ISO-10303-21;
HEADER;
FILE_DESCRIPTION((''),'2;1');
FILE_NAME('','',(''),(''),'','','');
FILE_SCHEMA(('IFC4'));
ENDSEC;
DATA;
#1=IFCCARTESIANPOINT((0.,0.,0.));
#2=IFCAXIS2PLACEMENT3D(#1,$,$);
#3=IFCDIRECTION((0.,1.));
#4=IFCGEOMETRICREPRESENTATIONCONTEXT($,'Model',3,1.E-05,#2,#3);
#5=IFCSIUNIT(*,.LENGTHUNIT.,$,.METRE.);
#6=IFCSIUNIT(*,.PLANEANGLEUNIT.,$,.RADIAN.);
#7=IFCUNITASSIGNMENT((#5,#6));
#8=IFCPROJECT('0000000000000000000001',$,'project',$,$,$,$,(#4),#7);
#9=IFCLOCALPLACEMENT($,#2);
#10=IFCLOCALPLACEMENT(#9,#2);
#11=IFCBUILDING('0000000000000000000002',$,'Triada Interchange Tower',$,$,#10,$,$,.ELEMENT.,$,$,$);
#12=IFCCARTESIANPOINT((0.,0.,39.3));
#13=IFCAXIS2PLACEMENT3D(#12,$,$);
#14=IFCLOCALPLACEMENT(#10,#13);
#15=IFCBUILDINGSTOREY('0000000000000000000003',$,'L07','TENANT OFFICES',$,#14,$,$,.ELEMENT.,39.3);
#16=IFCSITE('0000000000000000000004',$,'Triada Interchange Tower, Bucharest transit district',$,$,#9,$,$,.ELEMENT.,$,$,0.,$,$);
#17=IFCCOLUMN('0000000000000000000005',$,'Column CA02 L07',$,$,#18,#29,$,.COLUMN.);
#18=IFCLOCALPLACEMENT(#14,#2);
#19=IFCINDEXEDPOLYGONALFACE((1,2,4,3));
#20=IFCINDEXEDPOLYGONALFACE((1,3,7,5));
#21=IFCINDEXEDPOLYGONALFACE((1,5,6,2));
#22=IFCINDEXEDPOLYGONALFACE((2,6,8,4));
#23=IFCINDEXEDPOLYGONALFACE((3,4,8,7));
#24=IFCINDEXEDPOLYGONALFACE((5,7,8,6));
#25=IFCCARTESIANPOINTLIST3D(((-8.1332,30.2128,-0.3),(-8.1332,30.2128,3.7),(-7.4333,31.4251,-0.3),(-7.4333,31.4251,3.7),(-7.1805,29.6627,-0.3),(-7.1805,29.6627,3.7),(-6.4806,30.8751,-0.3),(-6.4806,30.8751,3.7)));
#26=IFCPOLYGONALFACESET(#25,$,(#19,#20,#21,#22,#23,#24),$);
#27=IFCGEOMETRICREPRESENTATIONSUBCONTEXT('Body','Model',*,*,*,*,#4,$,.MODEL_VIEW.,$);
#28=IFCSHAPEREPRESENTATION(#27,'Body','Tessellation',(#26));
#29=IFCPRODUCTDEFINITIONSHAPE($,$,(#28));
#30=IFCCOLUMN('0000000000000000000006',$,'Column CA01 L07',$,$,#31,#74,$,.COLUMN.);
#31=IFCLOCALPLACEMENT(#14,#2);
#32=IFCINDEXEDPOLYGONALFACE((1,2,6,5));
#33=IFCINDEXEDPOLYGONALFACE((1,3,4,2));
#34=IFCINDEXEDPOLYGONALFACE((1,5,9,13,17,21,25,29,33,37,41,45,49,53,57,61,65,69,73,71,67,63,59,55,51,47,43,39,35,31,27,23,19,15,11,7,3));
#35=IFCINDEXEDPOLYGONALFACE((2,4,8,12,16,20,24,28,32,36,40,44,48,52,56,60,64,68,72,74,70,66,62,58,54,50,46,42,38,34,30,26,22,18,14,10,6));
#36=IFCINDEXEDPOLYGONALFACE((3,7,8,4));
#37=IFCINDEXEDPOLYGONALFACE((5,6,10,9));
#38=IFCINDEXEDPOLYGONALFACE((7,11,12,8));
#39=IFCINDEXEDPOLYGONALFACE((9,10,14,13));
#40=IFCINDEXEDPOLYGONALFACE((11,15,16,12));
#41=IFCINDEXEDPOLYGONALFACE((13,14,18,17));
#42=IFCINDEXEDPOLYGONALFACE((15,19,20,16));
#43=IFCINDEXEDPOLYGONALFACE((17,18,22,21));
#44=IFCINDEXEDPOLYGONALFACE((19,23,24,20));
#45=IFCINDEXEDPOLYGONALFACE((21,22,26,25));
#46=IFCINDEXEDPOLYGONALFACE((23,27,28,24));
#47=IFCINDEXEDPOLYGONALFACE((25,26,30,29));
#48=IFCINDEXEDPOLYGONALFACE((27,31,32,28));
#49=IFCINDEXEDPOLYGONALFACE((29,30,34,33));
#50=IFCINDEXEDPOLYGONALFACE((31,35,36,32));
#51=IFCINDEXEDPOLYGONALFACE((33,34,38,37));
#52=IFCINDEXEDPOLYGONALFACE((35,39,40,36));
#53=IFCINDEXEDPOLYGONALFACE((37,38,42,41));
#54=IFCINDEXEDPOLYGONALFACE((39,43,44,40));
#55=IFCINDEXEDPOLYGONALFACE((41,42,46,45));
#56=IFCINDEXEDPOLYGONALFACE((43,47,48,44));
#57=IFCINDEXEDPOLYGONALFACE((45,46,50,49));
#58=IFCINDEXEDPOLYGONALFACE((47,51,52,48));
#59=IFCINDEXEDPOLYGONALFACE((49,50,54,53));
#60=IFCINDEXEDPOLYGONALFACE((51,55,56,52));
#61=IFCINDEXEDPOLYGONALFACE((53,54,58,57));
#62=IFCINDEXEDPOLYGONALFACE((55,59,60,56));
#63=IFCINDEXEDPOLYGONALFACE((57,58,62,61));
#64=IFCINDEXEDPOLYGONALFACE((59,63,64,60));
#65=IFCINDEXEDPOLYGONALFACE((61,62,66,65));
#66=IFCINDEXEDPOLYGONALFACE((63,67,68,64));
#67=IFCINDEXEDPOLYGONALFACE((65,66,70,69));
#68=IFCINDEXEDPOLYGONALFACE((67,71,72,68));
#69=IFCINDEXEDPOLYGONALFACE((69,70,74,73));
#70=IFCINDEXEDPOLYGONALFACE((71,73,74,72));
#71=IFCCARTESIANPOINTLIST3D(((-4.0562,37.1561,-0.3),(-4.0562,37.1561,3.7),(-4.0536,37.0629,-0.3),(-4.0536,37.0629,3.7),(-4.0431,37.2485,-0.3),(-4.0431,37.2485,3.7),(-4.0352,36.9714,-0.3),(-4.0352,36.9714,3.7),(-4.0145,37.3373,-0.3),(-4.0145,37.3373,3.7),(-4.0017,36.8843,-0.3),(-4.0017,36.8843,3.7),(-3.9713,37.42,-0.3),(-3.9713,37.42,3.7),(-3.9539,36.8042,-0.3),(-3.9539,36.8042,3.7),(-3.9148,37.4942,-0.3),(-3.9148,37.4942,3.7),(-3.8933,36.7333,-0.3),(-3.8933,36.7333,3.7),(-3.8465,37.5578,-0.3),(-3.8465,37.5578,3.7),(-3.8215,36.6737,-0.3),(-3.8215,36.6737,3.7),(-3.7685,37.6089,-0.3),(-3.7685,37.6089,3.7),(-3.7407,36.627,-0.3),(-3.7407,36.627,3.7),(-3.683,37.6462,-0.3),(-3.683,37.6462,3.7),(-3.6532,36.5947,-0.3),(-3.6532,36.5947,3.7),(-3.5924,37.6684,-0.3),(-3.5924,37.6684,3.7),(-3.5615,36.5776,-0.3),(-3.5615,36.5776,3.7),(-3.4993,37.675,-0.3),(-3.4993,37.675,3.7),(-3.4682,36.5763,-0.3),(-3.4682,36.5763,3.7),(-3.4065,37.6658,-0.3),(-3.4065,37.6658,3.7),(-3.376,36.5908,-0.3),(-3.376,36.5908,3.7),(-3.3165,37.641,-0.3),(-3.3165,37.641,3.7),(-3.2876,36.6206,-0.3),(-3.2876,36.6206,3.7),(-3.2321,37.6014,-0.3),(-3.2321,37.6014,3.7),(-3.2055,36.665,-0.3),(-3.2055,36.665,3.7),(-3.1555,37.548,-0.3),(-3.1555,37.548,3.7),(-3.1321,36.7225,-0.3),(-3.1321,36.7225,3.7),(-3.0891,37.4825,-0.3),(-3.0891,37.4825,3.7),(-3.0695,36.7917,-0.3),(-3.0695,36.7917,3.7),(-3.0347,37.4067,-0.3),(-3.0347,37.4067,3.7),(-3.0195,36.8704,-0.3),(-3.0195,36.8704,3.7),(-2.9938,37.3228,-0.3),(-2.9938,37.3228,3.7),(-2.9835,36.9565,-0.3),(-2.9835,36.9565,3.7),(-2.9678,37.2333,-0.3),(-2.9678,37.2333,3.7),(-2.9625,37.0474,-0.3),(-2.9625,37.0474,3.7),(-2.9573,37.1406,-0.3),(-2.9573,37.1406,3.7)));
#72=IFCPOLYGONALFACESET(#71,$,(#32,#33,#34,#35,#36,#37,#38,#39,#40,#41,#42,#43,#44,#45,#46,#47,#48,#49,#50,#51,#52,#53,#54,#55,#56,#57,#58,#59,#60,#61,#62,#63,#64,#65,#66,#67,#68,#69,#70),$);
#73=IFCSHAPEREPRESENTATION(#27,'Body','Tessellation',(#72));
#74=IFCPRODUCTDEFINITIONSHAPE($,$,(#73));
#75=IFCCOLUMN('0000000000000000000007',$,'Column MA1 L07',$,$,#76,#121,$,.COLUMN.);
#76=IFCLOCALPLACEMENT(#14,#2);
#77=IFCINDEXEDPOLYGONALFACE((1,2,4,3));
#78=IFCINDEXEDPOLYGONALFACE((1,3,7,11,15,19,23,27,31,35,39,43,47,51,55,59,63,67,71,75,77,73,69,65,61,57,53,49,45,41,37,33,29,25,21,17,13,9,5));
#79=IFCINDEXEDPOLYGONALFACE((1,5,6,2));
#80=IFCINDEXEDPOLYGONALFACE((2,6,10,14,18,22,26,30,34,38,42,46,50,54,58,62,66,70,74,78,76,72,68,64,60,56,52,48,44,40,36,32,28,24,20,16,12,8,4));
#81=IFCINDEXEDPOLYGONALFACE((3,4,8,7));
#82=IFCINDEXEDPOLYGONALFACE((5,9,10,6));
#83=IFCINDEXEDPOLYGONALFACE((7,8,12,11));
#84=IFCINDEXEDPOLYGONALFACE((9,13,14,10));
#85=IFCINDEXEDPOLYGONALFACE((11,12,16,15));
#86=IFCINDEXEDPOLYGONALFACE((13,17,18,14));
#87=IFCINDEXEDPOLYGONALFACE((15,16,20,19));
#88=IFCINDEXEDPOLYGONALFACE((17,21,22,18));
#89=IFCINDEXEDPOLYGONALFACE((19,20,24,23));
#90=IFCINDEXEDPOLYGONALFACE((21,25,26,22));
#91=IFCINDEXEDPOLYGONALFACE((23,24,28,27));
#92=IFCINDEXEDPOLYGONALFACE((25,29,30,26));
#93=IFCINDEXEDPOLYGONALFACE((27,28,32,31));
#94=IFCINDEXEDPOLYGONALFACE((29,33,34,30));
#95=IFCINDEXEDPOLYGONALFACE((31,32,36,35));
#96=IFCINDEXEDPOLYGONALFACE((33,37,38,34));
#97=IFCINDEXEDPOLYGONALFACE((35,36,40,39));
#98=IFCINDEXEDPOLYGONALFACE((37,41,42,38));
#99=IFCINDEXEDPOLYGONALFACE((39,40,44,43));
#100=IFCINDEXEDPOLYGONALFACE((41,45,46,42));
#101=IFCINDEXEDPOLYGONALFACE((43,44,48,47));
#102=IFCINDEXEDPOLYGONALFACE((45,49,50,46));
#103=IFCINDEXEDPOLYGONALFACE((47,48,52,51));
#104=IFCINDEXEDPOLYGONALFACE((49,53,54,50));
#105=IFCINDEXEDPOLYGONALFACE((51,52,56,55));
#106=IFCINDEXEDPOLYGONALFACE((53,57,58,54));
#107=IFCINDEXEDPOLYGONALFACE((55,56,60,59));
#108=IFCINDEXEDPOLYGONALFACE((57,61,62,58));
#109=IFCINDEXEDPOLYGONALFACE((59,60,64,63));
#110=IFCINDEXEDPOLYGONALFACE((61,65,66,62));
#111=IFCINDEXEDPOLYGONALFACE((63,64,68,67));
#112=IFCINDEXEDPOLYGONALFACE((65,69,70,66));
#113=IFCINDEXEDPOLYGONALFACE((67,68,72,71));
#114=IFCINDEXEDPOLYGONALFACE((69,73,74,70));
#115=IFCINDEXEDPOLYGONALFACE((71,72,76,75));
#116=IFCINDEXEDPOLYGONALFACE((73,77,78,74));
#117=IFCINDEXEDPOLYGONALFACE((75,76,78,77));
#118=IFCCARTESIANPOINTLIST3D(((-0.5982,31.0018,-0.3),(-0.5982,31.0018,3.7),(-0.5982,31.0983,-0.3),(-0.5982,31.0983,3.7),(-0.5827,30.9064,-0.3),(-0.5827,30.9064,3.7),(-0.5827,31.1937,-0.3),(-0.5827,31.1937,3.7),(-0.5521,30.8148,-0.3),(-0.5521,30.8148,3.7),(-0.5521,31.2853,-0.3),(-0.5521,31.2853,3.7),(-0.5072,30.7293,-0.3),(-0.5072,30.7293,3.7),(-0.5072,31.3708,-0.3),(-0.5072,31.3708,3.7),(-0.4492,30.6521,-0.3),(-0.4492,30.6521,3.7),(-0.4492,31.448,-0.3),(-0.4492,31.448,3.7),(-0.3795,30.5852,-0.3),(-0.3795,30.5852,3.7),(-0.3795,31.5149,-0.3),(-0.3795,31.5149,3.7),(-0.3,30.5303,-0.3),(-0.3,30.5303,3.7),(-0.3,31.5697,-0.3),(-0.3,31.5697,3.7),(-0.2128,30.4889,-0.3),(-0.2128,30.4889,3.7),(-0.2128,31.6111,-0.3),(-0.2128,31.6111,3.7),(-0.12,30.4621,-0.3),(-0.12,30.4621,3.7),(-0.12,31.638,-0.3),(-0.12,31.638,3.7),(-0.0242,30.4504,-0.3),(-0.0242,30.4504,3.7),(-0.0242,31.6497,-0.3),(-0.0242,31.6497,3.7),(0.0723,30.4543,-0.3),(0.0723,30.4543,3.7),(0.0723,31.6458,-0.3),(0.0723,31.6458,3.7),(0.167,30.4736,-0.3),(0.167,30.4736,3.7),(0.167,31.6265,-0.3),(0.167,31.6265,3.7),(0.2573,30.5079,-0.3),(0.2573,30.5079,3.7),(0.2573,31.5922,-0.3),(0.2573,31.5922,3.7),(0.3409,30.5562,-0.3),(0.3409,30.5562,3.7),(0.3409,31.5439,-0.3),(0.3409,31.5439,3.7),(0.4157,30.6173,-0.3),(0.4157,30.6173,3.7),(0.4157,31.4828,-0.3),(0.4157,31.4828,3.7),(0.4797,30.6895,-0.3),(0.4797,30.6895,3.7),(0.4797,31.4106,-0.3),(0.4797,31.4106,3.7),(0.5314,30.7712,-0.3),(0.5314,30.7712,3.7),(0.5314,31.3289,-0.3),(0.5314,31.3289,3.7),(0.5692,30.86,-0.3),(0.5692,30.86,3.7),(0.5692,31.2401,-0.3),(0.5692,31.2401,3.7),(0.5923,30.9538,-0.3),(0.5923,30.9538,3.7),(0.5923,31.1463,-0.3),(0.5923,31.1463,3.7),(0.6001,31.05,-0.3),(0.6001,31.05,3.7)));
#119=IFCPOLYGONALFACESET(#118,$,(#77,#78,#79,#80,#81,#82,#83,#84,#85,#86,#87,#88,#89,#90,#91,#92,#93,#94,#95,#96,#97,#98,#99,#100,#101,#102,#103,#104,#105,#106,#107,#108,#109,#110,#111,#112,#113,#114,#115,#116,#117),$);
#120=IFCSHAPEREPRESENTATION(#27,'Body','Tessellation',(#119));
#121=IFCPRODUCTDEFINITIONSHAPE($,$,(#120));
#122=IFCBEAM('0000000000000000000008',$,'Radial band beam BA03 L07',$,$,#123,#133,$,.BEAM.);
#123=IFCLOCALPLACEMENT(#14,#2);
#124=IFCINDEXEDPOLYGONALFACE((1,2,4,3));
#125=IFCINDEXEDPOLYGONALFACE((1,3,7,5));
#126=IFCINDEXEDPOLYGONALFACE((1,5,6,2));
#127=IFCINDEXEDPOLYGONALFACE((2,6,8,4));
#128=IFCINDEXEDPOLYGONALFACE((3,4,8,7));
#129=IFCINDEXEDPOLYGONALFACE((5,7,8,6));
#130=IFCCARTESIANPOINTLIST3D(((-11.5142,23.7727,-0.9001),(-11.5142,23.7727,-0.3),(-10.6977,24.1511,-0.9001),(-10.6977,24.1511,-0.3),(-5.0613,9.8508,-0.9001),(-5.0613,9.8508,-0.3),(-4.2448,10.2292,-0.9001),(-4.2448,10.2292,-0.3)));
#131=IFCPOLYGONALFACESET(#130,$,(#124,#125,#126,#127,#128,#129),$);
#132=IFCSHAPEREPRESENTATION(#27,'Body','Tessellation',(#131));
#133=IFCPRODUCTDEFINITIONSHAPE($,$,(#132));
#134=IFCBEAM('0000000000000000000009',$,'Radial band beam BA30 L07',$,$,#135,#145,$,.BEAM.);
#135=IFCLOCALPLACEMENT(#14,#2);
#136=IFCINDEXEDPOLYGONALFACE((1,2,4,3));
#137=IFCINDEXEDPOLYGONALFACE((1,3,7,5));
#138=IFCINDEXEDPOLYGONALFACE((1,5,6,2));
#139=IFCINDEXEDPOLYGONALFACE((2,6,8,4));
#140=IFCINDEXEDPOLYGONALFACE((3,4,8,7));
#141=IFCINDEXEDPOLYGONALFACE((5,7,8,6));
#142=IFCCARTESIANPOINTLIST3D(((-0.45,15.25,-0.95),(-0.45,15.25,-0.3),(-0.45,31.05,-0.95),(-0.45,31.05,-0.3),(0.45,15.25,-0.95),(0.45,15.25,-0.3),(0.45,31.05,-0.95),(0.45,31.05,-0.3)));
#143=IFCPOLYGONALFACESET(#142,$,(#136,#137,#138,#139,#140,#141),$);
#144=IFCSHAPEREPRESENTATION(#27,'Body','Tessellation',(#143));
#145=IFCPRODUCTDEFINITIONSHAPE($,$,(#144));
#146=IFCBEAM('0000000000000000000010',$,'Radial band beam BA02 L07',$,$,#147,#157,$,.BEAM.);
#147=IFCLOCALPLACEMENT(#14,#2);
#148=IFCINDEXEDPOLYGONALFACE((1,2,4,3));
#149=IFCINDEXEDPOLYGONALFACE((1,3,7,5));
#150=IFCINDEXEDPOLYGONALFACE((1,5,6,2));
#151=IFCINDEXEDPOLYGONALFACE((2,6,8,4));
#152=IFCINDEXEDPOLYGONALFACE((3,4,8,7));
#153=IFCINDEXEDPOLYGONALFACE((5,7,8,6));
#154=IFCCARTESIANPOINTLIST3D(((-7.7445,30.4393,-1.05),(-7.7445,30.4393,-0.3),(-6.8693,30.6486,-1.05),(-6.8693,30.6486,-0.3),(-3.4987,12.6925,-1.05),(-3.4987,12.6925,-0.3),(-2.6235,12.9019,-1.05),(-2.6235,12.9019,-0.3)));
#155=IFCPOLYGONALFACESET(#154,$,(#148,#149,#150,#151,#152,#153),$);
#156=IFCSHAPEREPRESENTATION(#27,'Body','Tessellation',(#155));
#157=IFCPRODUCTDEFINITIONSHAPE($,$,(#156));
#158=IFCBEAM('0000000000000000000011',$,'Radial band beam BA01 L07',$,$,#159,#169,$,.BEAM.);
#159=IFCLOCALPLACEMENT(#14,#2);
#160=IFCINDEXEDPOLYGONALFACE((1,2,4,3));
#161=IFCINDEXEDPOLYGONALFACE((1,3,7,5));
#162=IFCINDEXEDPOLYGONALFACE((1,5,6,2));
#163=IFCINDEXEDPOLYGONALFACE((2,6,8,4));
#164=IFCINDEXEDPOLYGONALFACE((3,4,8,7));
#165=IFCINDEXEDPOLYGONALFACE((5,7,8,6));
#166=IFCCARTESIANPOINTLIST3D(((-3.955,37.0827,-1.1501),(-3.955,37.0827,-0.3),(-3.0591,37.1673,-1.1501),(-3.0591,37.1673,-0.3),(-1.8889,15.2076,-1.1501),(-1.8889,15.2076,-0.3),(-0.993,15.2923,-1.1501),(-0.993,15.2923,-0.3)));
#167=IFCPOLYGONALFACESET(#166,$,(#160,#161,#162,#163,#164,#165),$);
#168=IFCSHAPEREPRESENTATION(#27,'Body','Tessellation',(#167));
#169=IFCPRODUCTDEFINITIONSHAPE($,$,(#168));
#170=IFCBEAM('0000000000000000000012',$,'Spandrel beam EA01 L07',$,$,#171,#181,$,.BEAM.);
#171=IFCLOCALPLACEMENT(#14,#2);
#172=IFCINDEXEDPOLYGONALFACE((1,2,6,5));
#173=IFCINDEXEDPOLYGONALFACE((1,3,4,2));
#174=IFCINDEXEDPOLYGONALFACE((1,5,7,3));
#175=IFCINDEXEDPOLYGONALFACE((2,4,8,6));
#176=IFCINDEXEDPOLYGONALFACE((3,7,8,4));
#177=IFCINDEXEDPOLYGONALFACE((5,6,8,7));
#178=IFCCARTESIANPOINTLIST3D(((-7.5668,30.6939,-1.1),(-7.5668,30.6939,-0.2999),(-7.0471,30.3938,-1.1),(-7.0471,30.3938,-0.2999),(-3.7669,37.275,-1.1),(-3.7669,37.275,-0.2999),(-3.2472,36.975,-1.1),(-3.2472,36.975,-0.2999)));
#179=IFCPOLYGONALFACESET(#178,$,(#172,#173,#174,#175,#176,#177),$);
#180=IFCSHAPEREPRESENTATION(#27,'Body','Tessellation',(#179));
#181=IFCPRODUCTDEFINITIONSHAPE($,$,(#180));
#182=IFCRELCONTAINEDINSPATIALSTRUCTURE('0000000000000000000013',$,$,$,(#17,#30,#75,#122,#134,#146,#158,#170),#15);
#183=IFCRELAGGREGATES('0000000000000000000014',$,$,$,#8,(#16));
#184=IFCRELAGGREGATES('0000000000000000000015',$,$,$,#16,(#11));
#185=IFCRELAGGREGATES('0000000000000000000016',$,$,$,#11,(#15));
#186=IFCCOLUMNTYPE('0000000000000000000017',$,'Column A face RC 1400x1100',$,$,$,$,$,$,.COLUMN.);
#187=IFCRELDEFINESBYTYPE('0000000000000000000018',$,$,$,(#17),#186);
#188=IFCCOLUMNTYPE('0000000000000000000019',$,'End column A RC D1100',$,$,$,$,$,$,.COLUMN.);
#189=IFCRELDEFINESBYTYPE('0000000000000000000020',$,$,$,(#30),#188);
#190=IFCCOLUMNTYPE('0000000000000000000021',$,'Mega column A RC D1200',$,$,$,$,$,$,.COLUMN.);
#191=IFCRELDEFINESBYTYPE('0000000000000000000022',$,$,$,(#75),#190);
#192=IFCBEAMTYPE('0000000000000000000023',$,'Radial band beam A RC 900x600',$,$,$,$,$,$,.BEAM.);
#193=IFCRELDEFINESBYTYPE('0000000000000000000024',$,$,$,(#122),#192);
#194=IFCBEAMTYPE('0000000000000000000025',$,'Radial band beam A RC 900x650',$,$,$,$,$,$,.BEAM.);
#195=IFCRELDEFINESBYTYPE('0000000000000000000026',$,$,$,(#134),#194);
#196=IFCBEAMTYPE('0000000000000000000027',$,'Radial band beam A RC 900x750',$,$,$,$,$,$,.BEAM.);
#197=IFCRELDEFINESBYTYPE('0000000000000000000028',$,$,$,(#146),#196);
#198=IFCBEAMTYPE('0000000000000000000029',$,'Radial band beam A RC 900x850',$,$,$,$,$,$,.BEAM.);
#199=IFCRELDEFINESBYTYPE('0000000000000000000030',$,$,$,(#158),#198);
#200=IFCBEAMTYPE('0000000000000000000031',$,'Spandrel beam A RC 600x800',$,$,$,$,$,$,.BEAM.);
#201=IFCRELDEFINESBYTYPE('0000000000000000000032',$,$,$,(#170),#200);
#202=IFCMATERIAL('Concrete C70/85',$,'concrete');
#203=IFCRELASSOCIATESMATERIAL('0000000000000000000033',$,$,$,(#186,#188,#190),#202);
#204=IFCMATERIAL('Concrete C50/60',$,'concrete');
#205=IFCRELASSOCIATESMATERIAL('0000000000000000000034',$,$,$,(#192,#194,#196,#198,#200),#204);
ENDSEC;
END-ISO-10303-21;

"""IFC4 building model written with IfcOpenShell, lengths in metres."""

from ifc_helpers import new_model, si_unit, direction, frame, origin, origin_2d, place, context, subcontext, project, spatial, rectangle, circle, extrude, material, material_profile, profile_set, type_object, element, save


model = new_model("IFC4")

# Units and contexts
model_context = context("Model", 3, precision=1e-05, world=origin(), true_north=direction((0.0, 1.0)))
body_context = subcontext(model_context, "Body", "Model", "MODEL_VIEW")
ifc_project = project(units=[si_unit("LENGTHUNIT", "METRE"), si_unit("PLANEANGLEUNIT", "RADIAN")], contexts=[model_context])

# Site, building, storey
site_placement = place(None, origin())
site = spatial("IfcSite", under=ifc_project, at=site_placement, Name="Triada Interchange Tower, Bucharest transit district", CompositionType="ELEMENT", RefElevation=0.0)
building_placement = place(site_placement, origin())
building = spatial("IfcBuilding", under=site, at=building_placement, Name="Triada Interchange Tower", CompositionType="ELEMENT")
storey_placement = place(building_placement, frame((0.0, 0.0, 39.3)))
storey = spatial("IfcBuildingStorey", under=building, at=storey_placement, Name="L07", Description="TENANT OFFICES", CompositionType="ELEMENT", Elevation=39.3)

# Columns
ifc_material_1 = material(Name="Concrete C70/85", Category="concrete")
ifc_material_profile_1 = material_profile(ifc_material_1, rectangle(XDim=1.3999, YDim=1.1001, at=origin_2d()), Name="RC 1400x1100")
ifc_profile_set_1 = profile_set([ifc_material_profile_1], Name="Concrete C70/85")
column_type_1 = type_object("IfcColumnType", Name="Column A face RC 1400x1100", PredefinedType="COLUMN", material=ifc_profile_set_1)
column_1_placement = place(storey_placement, frame((-7.3069, 30.5439, -0.3), z_axis=(0.0, 0.0, 1.0), x_axis=(0.5, 0.866025, 0.0)))
element("IfcColumn", 1, at=column_1_placement, inside=storey, type_object=column_type_1, Name="Column CA02 L07", PredefinedType="COLUMN", context=body_context, shape_type="SweptSolid", body=[
    extrude(rectangle(XDim=1.3999, YDim=1.1001, at=origin_2d()), origin(), (0.0, 0.0, 1.0), 4.0),
])
ifc_material_profile_2 = material_profile(ifc_material_1, circle(Radius=0.55, at=origin_2d()), Name="RC D1100")
ifc_profile_set_2 = profile_set([ifc_material_profile_2], Name="Concrete C70/85")
column_type_2 = type_object("IfcColumnType", Name="End column A RC D1100", PredefinedType="COLUMN", material=ifc_profile_set_2)
column_2_placement = place(storey_placement, frame((-3.5071, 37.125, -0.3), z_axis=(0.0, 0.0, 1.0), x_axis=(0.5, 0.866025, 0.0)))
element("IfcColumn", 2, at=column_2_placement, inside=storey, type_object=column_type_2, Name="Column CA01 L07", PredefinedType="COLUMN", context=body_context, shape_type="SweptSolid", body=[
    extrude(circle(Radius=0.55, at=origin_2d()), origin(), (0.0, 0.0, 1.0), 4.0),
])
ifc_material_profile_3 = material_profile(ifc_material_1, circle(Radius=0.6001, at=origin_2d()), Name="RC D1200")
ifc_profile_set_3 = profile_set([ifc_material_profile_3], Name="Concrete C70/85")
column_type_3 = type_object("IfcColumnType", Name="Mega column A RC D1200", PredefinedType="COLUMN", material=ifc_profile_set_3)
column_3_placement = place(storey_placement, frame((0.0, 31.05, -0.3), z_axis=(0.0, 0.0, 1.0), x_axis=(1.0, 0.0, 0.0)))
element("IfcColumn", 3, at=column_3_placement, inside=storey, type_object=column_type_3, Name="Column MA1 L07", PredefinedType="COLUMN", context=body_context, shape_type="SweptSolid", body=[
    extrude(circle(Radius=0.6001, at=origin_2d()), origin(), (0.0, 0.0, 1.0), 4.0),
])

# Beams
ifc_material_2 = material(Name="Concrete C50/60", Category="concrete")
ifc_material_profile_4 = material_profile(ifc_material_2, rectangle(XDim=0.8999, YDim=0.6001, at=origin_2d()), Name="RC 900x600")
ifc_profile_set_4 = profile_set([ifc_material_profile_4], Name="Concrete C50/60")
beam_type_1 = type_object("IfcBeamType", Name="Radial band beam A RC 900x600", PredefinedType="BEAM", material=ifc_profile_set_4)
beam_1_placement = place(storey_placement, frame((-11.106, 23.9619, -0.6001), z_axis=(0.42053, -0.907279, 0.0), x_axis=(0.907279, 0.42053, 0.0)))
element("IfcBeam", 4, at=beam_1_placement, inside=storey, type_object=beam_type_1, Name="Radial band beam BA03 L07", PredefinedType="BEAM", context=body_context, shape_type="SweptSolid", body=[
    extrude(rectangle(XDim=0.8999, YDim=0.6001, at=origin_2d()), origin(), (0.0, 0.0, 1.0), 15.3447),
])
ifc_material_profile_5 = material_profile(ifc_material_2, rectangle(XDim=0.8999, YDim=0.6499, at=origin_2d()), Name="RC 900x650")
ifc_profile_set_5 = profile_set([ifc_material_profile_5], Name="Concrete C50/60")
beam_type_2 = type_object("IfcBeamType", Name="Radial band beam A RC 900x650", PredefinedType="BEAM", material=ifc_profile_set_5)
beam_2_placement = place(storey_placement, frame((0.0, 31.05, -0.625), z_axis=(0.0, -1.0, 0.0), x_axis=(1.0, 0.0, 0.0)))
element("IfcBeam", 5, at=beam_2_placement, inside=storey, type_object=beam_type_2, Name="Radial band beam BA30 L07", PredefinedType="BEAM", context=body_context, shape_type="SweptSolid", body=[
    extrude(rectangle(XDim=0.8999, YDim=0.6499, at=origin_2d()), origin(), (0.0, 0.0, 1.0), 15.8),
])
ifc_material_profile_6 = material_profile(ifc_material_2, rectangle(XDim=0.8999, YDim=0.75, at=origin_2d()), Name="RC 900x750")
ifc_profile_set_6 = profile_set([ifc_material_profile_6], Name="Concrete C50/60")
beam_type_3 = type_object("IfcBeamType", Name="Radial band beam A RC 900x750", PredefinedType="BEAM", material=ifc_profile_set_6)
beam_3_placement = place(storey_placement, frame((-7.3069, 30.5439, -0.675), z_axis=(0.232679, -0.972554, 0.0), x_axis=(0.972554, 0.232679, 0.0)))
element("IfcBeam", 6, at=beam_3_placement, inside=storey, type_object=beam_type_3, Name="Radial band beam BA02 L07", PredefinedType="BEAM", context=body_context, shape_type="SweptSolid", body=[
    extrude(rectangle(XDim=0.8999, YDim=0.75, at=origin_2d()), origin(), (0.0, 0.0, 1.0), 18.2476),
])
ifc_material_profile_7 = material_profile(ifc_material_2, rectangle(XDim=0.8999, YDim=0.8501, at=origin_2d()), Name="RC 900x850")
ifc_profile_set_7 = profile_set([ifc_material_profile_7], Name="Concrete C50/60")
beam_type_4 = type_object("IfcBeamType", Name="Radial band beam A RC 900x850", PredefinedType="BEAM", material=ifc_profile_set_7)
beam_4_placement = place(storey_placement, frame((-3.5071, 37.125, -0.7251), z_axis=(0.094035, -0.995569, 0.0), x_axis=(0.995569, 0.094035, 0.0)))
element("IfcBeam", 7, at=beam_4_placement, inside=storey, type_object=beam_type_4, Name="Radial band beam BA01 L07", PredefinedType="BEAM", context=body_context, shape_type="SweptSolid", body=[
    extrude(rectangle(XDim=0.8999, YDim=0.8501, at=origin_2d()), origin(), (0.0, 0.0, 1.0), 21.9724),
])
ifc_material_profile_8 = material_profile(ifc_material_2, rectangle(XDim=0.6001, YDim=0.8, at=origin_2d()), Name="RC 600x800")
ifc_profile_set_8 = profile_set([ifc_material_profile_8], Name="Concrete C50/60")
beam_type_5 = type_object("IfcBeamType", Name="Spandrel beam A RC 600x800", PredefinedType="BEAM", material=ifc_profile_set_8)
beam_5_placement = place(storey_placement, frame((-3.5071, 37.125, -0.7), z_axis=(-0.500023, -0.866012, 0.0), x_axis=(0.866012, -0.500023, 0.0)))
element("IfcBeam", 8, at=beam_5_placement, inside=storey, type_object=beam_type_5, Name="Spandrel beam EA01 L07", PredefinedType="BEAM", context=body_context, shape_type="SweptSolid", body=[
    extrude(rectangle(XDim=0.6001, YDim=0.8, at=origin_2d()), origin(), (0.0, 0.0, 1.0), 7.5994),
])

save(model, "model.ifc")
